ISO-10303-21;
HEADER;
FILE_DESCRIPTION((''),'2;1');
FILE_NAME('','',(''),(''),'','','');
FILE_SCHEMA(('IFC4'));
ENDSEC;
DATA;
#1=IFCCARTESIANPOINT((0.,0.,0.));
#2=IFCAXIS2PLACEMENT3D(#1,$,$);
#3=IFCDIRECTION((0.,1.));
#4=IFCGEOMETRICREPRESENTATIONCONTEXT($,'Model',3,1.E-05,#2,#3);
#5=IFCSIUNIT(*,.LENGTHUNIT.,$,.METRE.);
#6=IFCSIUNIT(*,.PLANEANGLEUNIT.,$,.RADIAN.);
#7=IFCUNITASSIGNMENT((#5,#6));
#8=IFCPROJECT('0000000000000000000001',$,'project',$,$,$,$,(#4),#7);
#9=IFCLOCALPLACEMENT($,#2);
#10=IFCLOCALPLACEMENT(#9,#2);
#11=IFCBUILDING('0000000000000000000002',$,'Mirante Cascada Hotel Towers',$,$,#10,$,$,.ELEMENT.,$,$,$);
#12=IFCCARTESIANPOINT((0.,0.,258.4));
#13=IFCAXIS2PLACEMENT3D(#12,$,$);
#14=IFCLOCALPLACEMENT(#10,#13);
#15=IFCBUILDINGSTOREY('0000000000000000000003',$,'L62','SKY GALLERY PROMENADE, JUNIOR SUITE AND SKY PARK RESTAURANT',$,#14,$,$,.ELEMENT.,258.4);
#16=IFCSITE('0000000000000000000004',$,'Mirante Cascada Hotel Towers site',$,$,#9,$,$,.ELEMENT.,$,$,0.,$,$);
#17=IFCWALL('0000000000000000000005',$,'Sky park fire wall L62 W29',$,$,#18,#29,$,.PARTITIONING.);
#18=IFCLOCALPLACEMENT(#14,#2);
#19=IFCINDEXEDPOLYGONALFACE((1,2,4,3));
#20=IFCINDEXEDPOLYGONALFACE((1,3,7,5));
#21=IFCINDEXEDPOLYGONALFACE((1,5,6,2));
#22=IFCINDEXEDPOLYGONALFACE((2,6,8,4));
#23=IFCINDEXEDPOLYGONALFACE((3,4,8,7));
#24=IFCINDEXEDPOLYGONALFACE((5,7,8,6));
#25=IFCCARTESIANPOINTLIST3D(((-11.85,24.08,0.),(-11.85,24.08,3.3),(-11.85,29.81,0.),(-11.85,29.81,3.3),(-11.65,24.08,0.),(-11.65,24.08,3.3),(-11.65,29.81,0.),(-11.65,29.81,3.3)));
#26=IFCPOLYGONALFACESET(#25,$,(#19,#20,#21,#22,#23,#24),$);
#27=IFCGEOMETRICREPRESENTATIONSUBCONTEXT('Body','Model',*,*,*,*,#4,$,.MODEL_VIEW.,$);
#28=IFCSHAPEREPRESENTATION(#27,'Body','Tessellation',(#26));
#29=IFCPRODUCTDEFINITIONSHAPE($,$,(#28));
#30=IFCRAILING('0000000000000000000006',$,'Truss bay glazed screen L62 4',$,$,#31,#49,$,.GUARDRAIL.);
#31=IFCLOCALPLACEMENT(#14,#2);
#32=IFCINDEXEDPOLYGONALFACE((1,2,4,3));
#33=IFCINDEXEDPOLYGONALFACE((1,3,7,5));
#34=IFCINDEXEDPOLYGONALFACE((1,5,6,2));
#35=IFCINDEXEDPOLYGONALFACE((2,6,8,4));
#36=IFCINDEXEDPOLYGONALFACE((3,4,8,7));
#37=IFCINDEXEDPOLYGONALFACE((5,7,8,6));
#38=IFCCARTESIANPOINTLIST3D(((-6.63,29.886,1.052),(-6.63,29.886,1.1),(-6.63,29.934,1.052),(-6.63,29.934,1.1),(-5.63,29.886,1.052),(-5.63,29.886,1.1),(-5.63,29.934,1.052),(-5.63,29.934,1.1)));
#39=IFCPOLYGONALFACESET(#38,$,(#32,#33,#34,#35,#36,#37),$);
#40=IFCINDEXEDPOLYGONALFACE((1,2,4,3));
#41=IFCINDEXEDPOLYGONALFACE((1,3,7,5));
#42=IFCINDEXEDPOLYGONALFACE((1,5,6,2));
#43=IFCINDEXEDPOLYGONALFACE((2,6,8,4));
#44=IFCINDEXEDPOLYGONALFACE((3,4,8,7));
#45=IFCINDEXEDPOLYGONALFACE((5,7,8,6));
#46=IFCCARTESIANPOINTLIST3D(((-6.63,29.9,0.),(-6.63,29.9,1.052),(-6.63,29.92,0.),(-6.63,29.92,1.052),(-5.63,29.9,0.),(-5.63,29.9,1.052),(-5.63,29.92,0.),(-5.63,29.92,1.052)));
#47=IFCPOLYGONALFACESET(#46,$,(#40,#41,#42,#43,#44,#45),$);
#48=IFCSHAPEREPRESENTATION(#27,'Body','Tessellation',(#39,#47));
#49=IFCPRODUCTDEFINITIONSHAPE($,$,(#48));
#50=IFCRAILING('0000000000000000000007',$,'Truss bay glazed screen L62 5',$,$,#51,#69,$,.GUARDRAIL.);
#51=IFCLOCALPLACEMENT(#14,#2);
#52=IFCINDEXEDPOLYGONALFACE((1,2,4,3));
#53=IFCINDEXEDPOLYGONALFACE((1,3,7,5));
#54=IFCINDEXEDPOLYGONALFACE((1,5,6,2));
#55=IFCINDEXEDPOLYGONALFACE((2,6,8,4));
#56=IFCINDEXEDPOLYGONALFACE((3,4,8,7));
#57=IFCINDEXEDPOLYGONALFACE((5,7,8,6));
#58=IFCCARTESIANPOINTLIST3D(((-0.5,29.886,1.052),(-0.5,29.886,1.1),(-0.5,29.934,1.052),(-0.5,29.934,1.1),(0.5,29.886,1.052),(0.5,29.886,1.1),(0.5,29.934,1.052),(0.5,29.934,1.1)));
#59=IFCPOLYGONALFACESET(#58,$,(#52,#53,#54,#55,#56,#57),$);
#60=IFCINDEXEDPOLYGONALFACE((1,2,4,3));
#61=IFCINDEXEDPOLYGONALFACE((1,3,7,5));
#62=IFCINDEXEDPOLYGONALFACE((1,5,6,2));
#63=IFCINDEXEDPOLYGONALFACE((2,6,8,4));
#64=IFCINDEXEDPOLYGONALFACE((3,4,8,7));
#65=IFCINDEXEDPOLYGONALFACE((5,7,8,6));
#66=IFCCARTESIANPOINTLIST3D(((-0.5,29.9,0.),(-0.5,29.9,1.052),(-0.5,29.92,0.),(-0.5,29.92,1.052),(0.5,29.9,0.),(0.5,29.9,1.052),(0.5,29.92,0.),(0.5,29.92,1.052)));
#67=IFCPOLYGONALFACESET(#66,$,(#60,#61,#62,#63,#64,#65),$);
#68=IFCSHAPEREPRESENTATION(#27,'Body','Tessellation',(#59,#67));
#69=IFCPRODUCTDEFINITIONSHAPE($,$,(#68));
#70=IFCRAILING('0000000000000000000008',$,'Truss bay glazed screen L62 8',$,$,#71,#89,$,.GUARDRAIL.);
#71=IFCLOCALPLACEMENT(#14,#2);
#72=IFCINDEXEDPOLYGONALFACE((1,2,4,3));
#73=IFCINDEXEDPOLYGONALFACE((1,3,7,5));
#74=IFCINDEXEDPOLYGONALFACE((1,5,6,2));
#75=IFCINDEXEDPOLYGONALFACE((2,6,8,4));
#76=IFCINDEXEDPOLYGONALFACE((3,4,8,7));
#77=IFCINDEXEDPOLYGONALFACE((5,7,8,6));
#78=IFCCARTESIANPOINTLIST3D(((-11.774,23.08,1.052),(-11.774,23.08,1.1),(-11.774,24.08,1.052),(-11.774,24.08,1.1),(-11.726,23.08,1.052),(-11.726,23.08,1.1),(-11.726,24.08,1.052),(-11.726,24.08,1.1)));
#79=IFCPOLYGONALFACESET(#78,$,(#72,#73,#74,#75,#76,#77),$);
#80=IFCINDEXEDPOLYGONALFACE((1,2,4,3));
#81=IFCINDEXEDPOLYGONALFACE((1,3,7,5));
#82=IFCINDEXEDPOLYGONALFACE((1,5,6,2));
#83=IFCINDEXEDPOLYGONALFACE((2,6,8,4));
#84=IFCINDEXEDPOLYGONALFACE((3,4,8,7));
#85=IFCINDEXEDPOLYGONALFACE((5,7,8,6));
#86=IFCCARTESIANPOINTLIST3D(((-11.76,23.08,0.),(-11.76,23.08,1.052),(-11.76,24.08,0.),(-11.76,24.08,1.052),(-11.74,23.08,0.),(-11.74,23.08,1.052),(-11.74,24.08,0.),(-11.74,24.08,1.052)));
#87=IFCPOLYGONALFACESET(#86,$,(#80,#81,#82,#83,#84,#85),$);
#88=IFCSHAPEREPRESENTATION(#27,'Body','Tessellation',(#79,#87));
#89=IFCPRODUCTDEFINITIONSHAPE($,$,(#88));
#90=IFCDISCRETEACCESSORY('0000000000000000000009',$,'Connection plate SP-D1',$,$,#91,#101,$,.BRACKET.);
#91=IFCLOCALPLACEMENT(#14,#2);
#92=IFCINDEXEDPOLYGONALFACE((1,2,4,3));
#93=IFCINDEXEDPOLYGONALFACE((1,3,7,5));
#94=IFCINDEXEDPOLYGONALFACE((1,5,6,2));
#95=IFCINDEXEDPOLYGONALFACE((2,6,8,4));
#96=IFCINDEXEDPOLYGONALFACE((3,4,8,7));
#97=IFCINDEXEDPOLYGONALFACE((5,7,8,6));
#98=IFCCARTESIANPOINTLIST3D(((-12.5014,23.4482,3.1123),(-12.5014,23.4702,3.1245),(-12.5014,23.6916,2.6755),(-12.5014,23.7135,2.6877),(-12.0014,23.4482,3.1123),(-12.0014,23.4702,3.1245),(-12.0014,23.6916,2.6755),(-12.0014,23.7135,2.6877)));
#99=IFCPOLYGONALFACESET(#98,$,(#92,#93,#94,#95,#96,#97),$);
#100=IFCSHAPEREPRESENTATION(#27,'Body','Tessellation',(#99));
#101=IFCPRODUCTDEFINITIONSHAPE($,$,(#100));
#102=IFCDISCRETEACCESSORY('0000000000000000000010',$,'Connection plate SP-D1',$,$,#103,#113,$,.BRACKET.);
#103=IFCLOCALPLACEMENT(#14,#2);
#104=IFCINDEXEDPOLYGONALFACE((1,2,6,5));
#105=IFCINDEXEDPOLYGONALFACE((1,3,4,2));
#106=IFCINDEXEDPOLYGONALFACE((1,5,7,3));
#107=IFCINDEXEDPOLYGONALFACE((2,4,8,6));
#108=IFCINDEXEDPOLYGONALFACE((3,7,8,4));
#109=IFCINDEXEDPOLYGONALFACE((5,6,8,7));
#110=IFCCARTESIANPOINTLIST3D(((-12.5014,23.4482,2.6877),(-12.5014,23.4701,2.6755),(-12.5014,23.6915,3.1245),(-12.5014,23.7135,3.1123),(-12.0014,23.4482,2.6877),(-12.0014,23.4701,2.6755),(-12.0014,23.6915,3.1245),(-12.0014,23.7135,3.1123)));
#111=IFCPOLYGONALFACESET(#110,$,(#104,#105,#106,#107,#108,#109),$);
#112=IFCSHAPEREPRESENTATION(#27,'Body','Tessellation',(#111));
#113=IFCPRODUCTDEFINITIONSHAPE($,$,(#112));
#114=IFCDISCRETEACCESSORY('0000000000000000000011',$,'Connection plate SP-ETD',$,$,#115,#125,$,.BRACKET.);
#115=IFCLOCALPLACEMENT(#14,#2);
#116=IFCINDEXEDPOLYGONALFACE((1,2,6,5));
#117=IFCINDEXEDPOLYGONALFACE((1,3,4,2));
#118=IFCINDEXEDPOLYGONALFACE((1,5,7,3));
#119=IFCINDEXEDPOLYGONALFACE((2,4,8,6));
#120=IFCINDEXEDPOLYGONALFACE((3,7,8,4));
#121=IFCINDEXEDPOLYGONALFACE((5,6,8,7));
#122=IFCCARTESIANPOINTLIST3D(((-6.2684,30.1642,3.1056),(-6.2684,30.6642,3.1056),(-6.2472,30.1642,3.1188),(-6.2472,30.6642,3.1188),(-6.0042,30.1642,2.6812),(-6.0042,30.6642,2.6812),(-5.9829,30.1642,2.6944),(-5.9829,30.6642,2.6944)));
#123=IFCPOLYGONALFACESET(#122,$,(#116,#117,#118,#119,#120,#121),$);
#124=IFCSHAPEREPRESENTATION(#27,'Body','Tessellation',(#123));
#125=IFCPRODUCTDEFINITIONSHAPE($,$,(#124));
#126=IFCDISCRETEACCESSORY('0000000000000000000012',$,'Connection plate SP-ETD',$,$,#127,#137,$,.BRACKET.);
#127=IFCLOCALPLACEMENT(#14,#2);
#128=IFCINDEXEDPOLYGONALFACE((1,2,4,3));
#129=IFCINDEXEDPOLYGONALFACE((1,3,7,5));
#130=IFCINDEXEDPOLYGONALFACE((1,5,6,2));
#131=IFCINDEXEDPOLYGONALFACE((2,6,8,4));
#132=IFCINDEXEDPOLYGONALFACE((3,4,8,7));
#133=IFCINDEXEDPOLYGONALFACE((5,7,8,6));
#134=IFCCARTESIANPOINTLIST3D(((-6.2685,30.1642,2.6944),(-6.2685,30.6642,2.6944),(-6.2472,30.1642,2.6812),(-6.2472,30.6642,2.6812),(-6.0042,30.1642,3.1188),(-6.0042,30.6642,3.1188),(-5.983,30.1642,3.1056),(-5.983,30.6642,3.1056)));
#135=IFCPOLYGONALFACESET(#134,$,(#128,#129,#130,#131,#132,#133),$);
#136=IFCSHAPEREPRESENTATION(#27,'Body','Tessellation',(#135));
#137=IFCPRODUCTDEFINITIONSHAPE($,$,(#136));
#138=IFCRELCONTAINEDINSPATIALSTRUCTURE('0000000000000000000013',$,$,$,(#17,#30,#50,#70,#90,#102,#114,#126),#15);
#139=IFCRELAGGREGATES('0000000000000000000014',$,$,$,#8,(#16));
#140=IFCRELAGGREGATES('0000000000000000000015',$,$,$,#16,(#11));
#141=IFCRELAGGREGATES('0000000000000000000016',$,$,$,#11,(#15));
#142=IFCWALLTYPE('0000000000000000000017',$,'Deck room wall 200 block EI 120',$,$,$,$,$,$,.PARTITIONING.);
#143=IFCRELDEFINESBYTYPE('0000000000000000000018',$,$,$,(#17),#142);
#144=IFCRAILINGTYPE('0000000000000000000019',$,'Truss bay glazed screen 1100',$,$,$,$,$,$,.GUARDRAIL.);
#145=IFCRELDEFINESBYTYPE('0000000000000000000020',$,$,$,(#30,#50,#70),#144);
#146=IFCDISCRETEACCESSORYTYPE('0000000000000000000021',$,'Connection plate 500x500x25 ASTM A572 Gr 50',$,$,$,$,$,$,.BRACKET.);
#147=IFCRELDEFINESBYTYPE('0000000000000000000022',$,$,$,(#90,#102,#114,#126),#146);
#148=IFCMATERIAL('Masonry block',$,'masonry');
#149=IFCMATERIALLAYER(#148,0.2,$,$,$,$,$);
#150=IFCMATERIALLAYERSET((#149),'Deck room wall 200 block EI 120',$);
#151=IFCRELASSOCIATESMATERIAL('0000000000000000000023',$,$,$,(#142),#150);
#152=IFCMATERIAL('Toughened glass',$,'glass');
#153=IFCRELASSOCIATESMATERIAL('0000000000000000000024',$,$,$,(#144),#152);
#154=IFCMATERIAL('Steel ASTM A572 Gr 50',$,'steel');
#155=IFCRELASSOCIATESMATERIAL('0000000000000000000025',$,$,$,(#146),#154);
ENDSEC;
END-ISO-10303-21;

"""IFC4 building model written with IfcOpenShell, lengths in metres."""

from ifc_helpers import new_model, si_unit, direction, frame, frame_2d, origin, origin_2d, place, context, subcontext, project, spatial, rectangle, extrude, material, layer, layer_set, material_profile, profile_set, type_object, element, save


model = new_model("IFC4")

# Units and contexts
model_context = context("Model", 3, precision=1e-05, world=origin(), true_north=direction((0.0, 1.0)))
body_context = subcontext(model_context, "Body", "Model", "MODEL_VIEW")
ifc_project = project(units=[si_unit("LENGTHUNIT", "METRE"), si_unit("PLANEANGLEUNIT", "RADIAN")], contexts=[model_context])

# Site, building, storey
site_placement = place(None, origin())
site = spatial("IfcSite", under=ifc_project, at=site_placement, Name="Mirante Cascada Hotel Towers site", CompositionType="ELEMENT", RefElevation=0.0)
building_placement = place(site_placement, origin())
building = spatial("IfcBuilding", under=site, at=building_placement, Name="Mirante Cascada Hotel Towers", CompositionType="ELEMENT")
storey_placement = place(building_placement, frame((0.0, 0.0, 258.4)))
storey = spatial("IfcBuildingStorey", under=building, at=storey_placement, Name="L62", Description="SKY GALLERY PROMENADE, JUNIOR SUITE AND SKY PARK RESTAURANT", CompositionType="ELEMENT", Elevation=258.4)

# Wall
ifc_material_1 = material(Name="Masonry block", Category="masonry")
ifc_layer_1 = layer(ifc_material_1, 0.2)
ifc_layer_set_1 = layer_set([ifc_layer_1], Name="Deck room wall 200 block EI 120")
wall_type = type_object("IfcWallType", Name="Deck room wall 200 block EI 120", PredefinedType="PARTITIONING", material=ifc_layer_set_1)
wall_1_placement = place(storey_placement, frame((-11.75, 24.08, 0.0), z_axis=(0.0, 0.0, 1.0), x_axis=(0.0, 1.0, 0.0)))
element("IfcWall", 1, at=wall_1_placement, inside=storey, type_object=wall_type, Name="Sky park fire wall L62 W29", PredefinedType="PARTITIONING", context=body_context, shape_type="SweptSolid", body=[
    extrude(rectangle(XDim=5.73, YDim=0.2, at=frame_2d((2.865, 0.0))), origin(), (0.0, 0.0, 1.0), 3.3),
])

# Railings
ifc_material_2 = material(Name="Toughened glass", Category="glass")
railing_type = type_object("IfcRailingType", Name="Truss bay glazed screen 1100", PredefinedType="GUARDRAIL", material=ifc_material_2)
for number, where, name in (
    (2, (-6.63, 29.91, 0.0), "Truss bay glazed screen L62 4"),
    (3, (-0.5, 29.91, 0.0), "Truss bay glazed screen L62 5"),
):
    element("IfcRailing", number, at=place(storey_placement, frame(where)), inside=storey, type_object=railing_type, Name=name, PredefinedType="GUARDRAIL", context=body_context, shape_type="SweptSolid", body=[
        extrude(rectangle(XDim=0.048, YDim=0.048, at=origin_2d()), frame((0.0, 0.0, 1.076), z_axis=(1.0, 0.0, 0.0), x_axis=(0.0, 1.0, 0.0)), (0.0, 0.0, 1.0), 1.0),
        extrude(rectangle(XDim=0.02, YDim=1.052, at=origin_2d()), frame((0.0, 0.0, 0.526), z_axis=(1.0, 0.0, 0.0), x_axis=(0.0, 1.0, 0.0)), (0.0, 0.0, 1.0), 1.0),
    ])
railing_placement = place(storey_placement, frame((-11.75, 23.08, 0.0)))
element("IfcRailing", 4, at=railing_placement, inside=storey, type_object=railing_type, Name="Truss bay glazed screen L62 8", PredefinedType="GUARDRAIL", context=body_context, shape_type="SweptSolid", body=[
    extrude(rectangle(XDim=0.048, YDim=0.048, at=origin_2d()), frame((0.0, 0.0, 1.076), z_axis=(0.0, 1.0, 0.0), x_axis=(-1.0, 0.0, 0.0)), (0.0, 0.0, 1.0), 1.0),
    extrude(rectangle(XDim=0.02, YDim=1.052, at=origin_2d()), frame((0.0, 0.0, 0.526), z_axis=(0.0, 1.0, 0.0), x_axis=(-1.0, 0.0, 0.0)), (0.0, 0.0, 1.0), 1.0),
])

# Discrete accessories
ifc_material_3 = material(Name="Steel ASTM A572 Gr 50", Category="steel")
ifc_material_profile_1 = material_profile(ifc_material_3, rectangle(XDim=0.5, YDim=0.5, at=origin_2d()), Name="Connection plate 500x500x25 ASTM A572 Gr 50")
ifc_profile_set_1 = profile_set([ifc_material_profile_1], Name="Steel ASTM A572 Gr 50")
discrete_accessory_type = type_object("IfcDiscreteAccessoryType", Name="Connection plate 500x500x25 ASTM A572 Gr 50", PredefinedType="BRACKET", material=ifc_profile_set_1)
for number, where, z_axis, x_axis, name in (
    (5, (-12.2514, 23.5699, 2.8939), (0.0, 0.873592, 0.486659), (-1.0, 0.0, 0.0), "Connection plate SP-D1"),
    (6, (-12.2514, 23.5918, 2.8939), (0.0, -0.873592, 0.486659), (1.0, 0.0, 0.0), "Connection plate SP-D1"),
):
    element("IfcDiscreteAccessory", number, at=place(storey_placement, frame(where, z_axis=z_axis, x_axis=x_axis)), inside=storey, type_object=discrete_accessory_type, Name=name, PredefinedType="BRACKET", context=body_context, shape_type="SweptSolid", body=[
        extrude(rectangle(XDim=0.5, YDim=0.5, at=origin_2d()), origin(), (0.0, 0.0, 1.0), 0.0251),
    ])
for number, where, z_axis, x_axis, name in (
    (7, (-6.1363, 30.4142, 2.8934), (0.848897, 0.0, 0.528559), (0.0, 1.0, 0.0), "Connection plate SP-ETD"),
    (8, (-6.1151, 30.4142, 2.8934), (-0.848897, 0.0, 0.528559), (0.0, -1.0, 0.0), "Connection plate SP-ETD"),
):
    element("IfcDiscreteAccessory", number, at=place(storey_placement, frame(where, z_axis=z_axis, x_axis=x_axis)), inside=storey, type_object=discrete_accessory_type, Name=name, PredefinedType="BRACKET", context=body_context, shape_type="SweptSolid", body=[
        extrude(rectangle(XDim=0.5, YDim=0.5, at=origin_2d()), origin(), (0.0, 0.0, 1.0), 0.025),
    ])

save(model, "model.ifc")
